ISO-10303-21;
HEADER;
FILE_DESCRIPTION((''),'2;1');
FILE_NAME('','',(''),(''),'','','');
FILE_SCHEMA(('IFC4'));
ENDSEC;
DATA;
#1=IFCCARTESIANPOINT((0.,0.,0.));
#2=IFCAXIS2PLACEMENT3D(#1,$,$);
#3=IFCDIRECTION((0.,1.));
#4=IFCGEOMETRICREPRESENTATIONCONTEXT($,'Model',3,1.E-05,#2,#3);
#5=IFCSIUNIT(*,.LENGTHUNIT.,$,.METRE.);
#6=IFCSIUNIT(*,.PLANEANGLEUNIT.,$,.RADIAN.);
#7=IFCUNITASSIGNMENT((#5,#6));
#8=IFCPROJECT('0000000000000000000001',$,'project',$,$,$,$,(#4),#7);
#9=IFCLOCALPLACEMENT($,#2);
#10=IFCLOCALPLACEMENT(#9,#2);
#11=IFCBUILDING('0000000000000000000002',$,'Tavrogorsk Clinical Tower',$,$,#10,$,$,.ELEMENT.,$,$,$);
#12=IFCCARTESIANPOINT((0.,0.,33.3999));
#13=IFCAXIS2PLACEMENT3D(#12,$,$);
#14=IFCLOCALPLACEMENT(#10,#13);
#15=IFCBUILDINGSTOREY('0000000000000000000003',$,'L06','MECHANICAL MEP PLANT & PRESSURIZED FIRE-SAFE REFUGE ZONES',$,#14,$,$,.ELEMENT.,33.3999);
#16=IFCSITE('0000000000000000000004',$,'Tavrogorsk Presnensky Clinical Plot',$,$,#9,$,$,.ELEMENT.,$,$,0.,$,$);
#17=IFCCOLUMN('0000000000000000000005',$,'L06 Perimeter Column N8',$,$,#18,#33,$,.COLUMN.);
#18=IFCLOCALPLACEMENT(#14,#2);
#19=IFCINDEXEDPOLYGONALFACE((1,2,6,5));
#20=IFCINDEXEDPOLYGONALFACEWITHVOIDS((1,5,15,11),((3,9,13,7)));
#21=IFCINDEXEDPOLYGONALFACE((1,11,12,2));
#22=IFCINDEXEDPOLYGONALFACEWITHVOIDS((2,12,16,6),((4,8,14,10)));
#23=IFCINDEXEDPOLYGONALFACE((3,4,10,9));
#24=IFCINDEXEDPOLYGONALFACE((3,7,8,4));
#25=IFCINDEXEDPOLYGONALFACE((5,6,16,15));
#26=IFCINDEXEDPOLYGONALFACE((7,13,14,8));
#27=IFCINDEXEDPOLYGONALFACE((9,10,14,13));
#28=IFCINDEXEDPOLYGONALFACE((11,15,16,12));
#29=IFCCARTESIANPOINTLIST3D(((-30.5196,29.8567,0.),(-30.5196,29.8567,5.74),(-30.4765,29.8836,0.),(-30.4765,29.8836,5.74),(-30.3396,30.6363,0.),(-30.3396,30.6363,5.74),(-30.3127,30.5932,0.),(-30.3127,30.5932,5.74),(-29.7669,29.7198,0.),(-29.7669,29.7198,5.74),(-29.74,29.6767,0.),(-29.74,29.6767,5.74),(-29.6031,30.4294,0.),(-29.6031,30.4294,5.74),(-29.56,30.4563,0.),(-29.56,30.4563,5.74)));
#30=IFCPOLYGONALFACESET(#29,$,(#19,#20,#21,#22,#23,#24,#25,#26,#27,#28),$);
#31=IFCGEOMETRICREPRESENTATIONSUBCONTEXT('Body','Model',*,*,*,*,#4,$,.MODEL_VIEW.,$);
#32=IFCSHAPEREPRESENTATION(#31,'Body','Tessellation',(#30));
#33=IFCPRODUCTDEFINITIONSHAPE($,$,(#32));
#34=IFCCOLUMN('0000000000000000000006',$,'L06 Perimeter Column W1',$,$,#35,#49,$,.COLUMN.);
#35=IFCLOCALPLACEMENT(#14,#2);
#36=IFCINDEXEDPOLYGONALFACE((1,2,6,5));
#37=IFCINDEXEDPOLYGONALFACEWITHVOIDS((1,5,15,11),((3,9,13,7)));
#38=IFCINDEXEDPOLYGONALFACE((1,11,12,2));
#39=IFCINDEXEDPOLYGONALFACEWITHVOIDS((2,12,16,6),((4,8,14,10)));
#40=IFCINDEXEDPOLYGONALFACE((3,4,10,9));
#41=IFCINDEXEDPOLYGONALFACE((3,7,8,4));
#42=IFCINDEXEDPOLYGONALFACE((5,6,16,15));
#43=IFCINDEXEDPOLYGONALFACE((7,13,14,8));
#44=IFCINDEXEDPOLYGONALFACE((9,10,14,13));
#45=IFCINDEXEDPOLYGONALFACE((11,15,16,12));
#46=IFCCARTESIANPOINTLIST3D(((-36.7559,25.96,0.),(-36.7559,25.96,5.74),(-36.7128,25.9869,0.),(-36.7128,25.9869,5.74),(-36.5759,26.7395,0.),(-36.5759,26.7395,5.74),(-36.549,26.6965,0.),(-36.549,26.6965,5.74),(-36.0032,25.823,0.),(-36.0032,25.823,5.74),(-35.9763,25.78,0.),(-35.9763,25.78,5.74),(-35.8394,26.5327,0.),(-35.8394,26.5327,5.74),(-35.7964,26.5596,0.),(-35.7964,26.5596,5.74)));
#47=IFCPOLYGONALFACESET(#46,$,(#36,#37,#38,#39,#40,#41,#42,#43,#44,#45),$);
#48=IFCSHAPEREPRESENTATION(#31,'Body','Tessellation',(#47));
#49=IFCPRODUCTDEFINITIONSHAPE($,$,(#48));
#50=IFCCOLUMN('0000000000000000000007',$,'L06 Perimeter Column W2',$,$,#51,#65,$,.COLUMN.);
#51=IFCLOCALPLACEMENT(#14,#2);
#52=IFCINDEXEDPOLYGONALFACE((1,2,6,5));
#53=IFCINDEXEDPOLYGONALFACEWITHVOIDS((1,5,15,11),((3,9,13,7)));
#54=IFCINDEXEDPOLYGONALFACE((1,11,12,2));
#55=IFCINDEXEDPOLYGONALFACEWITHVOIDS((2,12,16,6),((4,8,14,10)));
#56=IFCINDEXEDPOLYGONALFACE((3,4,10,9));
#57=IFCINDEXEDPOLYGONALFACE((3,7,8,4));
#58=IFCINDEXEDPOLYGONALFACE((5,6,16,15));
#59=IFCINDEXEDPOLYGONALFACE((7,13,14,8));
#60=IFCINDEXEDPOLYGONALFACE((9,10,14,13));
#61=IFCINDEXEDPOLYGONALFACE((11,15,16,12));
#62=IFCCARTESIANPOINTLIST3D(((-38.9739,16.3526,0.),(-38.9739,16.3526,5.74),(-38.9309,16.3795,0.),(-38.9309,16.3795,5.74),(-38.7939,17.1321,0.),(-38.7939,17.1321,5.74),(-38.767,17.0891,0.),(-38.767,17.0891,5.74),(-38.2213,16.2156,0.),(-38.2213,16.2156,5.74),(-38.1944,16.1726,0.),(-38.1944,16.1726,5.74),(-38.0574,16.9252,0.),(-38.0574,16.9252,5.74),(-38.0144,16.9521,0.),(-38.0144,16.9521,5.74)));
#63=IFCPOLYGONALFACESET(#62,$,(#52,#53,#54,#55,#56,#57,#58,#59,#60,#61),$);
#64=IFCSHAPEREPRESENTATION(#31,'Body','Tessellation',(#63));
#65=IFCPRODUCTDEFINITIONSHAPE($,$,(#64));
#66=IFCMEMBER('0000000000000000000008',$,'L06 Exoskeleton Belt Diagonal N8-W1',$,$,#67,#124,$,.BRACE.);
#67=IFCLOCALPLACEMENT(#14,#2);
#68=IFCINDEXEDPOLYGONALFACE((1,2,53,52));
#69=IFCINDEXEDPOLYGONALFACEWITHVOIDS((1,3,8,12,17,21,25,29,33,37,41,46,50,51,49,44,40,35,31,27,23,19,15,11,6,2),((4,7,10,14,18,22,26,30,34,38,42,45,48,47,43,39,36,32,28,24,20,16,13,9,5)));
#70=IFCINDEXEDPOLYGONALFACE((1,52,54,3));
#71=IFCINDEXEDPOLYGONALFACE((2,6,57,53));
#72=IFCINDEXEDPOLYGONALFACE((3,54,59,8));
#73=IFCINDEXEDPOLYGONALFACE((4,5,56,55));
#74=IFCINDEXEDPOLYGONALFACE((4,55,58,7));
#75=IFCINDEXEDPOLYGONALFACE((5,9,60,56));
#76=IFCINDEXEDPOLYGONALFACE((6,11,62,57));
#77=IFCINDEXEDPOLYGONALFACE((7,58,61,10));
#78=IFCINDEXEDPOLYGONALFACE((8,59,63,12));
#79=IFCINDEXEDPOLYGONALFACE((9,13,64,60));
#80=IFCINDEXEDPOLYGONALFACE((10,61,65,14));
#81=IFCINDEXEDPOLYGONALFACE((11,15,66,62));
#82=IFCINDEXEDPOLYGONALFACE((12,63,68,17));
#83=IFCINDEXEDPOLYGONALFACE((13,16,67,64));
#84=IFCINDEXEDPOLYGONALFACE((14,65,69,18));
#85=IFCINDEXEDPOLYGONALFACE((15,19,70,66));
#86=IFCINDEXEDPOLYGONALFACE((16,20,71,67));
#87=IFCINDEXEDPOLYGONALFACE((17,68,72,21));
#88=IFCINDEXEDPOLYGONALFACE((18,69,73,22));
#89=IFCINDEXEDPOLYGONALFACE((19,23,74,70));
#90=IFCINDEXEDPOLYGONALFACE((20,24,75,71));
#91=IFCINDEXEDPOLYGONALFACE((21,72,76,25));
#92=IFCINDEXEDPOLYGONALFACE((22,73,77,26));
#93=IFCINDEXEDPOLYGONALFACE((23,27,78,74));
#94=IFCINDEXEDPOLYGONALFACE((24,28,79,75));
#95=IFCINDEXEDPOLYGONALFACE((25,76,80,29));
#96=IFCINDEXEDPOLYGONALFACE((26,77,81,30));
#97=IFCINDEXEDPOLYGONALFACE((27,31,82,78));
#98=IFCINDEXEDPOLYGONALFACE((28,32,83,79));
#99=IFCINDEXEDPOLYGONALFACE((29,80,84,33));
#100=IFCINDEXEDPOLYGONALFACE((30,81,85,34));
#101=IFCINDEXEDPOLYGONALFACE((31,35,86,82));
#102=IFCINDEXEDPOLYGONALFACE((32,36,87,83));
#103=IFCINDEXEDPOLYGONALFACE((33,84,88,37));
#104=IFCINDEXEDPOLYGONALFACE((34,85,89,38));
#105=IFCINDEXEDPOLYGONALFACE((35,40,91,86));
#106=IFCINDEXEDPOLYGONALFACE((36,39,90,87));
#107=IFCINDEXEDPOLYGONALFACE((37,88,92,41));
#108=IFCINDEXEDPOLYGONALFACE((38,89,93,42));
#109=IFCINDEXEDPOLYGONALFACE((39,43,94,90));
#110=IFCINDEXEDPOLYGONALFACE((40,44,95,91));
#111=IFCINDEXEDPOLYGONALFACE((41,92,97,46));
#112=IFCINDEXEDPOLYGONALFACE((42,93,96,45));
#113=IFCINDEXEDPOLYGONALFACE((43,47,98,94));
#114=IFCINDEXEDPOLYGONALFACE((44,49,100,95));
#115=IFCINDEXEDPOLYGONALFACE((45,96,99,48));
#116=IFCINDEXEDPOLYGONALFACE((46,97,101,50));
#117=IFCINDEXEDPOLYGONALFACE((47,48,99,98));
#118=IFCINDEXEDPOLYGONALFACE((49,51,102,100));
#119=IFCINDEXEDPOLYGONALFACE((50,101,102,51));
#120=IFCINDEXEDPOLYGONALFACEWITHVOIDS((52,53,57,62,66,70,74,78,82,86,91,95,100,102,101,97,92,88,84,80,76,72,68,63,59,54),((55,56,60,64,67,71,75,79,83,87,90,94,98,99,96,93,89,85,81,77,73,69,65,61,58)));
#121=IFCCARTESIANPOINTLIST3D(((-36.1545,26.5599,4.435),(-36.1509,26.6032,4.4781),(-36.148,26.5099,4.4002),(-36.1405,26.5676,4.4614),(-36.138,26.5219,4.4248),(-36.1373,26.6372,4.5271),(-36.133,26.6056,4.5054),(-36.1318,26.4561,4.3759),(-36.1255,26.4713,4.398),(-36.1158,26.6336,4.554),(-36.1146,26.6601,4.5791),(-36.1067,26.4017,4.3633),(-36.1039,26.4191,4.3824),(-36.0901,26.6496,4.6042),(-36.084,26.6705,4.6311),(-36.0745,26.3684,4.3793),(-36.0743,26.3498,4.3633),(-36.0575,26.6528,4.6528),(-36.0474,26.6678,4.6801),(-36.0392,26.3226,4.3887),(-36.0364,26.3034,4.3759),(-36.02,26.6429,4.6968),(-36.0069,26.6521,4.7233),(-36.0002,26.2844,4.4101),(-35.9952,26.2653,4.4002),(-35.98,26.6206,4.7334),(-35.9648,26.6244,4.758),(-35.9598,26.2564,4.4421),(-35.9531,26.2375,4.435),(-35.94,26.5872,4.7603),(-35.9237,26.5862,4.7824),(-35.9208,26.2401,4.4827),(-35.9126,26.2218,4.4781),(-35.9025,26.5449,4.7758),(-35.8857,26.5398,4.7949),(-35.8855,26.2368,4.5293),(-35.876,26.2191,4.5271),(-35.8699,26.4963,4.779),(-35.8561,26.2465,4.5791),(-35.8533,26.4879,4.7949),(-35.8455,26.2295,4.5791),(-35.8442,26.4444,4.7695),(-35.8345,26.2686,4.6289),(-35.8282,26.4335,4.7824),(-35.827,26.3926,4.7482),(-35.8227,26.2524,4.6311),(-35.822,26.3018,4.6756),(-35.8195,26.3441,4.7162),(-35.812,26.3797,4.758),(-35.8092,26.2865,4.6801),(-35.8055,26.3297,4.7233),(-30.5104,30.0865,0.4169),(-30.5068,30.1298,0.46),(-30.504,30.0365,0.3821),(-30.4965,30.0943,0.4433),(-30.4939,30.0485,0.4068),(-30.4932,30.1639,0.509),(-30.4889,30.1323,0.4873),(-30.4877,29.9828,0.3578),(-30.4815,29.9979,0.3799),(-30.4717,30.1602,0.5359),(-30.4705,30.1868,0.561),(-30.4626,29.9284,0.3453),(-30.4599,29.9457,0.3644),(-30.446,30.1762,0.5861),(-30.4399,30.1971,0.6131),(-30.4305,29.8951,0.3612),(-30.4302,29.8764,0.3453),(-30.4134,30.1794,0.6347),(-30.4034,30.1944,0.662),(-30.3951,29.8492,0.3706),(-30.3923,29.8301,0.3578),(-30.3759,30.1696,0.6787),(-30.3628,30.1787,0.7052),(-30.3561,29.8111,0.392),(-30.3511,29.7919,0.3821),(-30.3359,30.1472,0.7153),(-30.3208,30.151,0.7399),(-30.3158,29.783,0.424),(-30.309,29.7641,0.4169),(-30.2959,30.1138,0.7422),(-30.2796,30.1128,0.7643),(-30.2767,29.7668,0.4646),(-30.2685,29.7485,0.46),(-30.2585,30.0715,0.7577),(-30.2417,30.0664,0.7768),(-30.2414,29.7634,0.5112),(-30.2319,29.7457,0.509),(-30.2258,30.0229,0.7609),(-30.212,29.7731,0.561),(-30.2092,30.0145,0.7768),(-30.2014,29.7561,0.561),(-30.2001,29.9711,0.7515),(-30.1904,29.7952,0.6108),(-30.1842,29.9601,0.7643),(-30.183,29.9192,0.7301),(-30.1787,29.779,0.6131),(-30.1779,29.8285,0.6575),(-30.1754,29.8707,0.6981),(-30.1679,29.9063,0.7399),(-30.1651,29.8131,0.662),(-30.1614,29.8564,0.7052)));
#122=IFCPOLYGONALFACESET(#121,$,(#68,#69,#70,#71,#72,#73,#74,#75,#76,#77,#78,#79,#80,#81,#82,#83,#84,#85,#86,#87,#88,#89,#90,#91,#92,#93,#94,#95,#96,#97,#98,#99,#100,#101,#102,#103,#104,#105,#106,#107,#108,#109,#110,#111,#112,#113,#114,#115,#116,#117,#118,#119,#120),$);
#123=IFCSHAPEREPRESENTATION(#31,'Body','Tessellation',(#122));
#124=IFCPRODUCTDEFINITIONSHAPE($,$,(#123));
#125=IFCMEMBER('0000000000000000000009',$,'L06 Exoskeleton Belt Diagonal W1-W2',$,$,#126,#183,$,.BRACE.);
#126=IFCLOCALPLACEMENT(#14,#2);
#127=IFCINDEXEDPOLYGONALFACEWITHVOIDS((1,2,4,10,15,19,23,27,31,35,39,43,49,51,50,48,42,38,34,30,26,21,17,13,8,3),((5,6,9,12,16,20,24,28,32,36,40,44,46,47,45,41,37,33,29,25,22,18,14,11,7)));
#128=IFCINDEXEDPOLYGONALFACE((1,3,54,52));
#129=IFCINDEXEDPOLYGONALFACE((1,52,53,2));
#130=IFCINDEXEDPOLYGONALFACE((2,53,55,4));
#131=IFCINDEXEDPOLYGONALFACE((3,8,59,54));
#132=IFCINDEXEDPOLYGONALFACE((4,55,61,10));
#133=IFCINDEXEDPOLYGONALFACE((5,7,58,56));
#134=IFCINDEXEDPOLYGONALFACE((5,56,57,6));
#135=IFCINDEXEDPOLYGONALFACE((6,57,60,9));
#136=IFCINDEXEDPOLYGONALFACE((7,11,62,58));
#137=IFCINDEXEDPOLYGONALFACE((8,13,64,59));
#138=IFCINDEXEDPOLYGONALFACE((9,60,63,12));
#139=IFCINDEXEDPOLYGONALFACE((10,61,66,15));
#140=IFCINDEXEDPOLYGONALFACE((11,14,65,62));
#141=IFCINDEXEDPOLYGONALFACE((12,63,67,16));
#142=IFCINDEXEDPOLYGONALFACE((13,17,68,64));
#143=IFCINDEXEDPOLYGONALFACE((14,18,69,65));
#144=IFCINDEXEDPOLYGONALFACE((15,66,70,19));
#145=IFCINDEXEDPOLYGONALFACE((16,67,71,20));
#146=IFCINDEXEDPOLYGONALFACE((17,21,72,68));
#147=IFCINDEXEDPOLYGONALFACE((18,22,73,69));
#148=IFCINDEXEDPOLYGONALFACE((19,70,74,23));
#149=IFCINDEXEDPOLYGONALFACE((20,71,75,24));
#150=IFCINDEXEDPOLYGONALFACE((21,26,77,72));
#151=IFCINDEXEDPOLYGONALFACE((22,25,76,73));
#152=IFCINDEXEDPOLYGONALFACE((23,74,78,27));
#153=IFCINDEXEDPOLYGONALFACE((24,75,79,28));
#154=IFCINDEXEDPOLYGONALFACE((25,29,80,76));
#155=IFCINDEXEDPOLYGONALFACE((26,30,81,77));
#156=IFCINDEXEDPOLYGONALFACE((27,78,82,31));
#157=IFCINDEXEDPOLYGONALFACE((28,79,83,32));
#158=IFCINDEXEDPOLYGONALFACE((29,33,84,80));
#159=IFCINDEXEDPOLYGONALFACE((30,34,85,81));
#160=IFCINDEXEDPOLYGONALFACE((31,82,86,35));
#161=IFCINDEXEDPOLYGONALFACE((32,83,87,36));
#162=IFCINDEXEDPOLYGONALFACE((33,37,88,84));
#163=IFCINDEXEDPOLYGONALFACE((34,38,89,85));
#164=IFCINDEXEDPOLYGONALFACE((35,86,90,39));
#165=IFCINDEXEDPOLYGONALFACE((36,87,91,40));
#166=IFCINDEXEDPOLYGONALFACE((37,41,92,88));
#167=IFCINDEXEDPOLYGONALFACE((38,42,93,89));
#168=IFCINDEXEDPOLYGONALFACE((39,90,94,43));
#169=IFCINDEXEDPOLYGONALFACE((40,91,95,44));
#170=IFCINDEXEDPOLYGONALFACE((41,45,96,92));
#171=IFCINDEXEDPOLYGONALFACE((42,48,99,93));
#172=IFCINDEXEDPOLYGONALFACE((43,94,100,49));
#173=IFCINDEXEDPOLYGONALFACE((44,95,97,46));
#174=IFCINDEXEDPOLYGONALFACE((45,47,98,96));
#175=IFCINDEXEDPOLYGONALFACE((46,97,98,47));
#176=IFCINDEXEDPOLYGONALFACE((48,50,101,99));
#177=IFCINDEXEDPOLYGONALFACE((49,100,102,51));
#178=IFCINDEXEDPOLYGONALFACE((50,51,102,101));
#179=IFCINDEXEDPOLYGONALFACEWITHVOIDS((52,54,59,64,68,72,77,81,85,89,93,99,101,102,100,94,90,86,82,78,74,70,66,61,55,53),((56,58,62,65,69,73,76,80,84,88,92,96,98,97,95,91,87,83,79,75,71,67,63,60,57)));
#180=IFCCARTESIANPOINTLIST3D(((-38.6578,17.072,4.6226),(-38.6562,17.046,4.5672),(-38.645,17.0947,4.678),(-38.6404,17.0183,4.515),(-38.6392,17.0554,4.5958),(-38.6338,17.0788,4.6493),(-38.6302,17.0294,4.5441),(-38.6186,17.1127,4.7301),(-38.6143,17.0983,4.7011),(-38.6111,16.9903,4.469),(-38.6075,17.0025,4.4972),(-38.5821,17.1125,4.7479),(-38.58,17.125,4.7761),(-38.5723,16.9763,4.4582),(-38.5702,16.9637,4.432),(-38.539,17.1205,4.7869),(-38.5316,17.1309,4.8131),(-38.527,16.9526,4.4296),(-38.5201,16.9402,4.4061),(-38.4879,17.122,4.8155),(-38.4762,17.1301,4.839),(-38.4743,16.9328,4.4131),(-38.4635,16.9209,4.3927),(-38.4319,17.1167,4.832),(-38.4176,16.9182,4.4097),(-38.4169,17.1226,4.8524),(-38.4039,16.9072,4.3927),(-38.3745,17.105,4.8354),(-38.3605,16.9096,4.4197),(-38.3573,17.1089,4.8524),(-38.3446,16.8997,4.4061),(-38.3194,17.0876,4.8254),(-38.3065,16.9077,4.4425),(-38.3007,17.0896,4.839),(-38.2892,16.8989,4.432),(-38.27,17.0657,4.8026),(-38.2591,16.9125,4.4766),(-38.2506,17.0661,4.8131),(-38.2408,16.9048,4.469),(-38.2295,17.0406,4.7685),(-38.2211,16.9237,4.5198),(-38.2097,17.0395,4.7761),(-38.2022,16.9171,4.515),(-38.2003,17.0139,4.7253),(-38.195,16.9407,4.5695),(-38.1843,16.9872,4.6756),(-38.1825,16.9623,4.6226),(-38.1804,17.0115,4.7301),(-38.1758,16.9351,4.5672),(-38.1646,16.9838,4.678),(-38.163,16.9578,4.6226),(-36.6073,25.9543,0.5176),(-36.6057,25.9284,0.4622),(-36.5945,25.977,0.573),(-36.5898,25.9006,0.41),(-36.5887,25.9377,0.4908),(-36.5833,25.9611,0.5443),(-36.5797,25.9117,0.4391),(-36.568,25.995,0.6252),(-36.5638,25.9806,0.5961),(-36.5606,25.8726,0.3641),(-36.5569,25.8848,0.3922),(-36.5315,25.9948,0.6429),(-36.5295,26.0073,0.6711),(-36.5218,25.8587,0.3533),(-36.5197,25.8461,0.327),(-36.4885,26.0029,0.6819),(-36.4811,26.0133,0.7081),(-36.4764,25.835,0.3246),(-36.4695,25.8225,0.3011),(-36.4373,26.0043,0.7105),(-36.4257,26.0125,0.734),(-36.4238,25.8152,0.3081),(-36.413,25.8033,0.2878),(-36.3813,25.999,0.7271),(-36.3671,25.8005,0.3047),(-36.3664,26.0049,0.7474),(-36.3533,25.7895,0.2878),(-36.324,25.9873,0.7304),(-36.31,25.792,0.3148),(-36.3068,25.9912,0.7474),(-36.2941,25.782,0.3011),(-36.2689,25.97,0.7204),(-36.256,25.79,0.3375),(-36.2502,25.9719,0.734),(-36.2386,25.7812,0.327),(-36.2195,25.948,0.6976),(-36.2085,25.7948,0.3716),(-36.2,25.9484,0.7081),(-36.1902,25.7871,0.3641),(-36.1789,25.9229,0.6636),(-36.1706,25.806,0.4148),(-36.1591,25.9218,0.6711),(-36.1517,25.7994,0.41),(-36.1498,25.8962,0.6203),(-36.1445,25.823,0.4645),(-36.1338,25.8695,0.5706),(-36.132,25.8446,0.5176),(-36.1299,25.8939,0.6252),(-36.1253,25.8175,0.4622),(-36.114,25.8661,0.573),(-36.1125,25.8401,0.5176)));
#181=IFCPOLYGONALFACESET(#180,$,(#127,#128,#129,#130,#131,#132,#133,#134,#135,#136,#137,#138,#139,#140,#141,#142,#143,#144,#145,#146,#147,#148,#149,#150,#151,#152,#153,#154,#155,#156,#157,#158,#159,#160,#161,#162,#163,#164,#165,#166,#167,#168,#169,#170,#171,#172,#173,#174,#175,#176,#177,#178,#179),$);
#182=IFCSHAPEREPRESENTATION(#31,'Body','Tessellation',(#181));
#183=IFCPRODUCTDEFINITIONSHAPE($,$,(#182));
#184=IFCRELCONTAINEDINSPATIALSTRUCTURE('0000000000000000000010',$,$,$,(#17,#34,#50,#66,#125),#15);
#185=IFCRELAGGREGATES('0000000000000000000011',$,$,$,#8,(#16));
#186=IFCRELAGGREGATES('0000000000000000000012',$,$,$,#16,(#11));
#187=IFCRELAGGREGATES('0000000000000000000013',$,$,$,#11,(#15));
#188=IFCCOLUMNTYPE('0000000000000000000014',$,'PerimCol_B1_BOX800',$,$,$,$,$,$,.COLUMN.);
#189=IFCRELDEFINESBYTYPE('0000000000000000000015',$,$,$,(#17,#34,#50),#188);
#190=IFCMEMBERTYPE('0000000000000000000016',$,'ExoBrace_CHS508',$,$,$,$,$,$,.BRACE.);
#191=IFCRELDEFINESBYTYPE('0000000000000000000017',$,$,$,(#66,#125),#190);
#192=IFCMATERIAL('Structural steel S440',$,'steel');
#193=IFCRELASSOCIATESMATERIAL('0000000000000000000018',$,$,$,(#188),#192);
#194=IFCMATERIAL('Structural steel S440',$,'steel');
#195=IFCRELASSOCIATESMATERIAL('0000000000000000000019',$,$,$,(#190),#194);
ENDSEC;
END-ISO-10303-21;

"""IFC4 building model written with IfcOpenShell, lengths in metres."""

from ifc_helpers import new_model, si_unit, direction, frame, origin, origin_2d, place, context, subcontext, project, spatial, hollow_rectangle, hollow_circle, extrude, material, material_profile, profile_set, type_object, element, save


model = new_model("IFC4")

# Units and contexts
model_context = context("Model", 3, precision=1e-05, world=origin(), true_north=direction((0.0, 1.0)))
body_context = subcontext(model_context, "Body", "Model", "MODEL_VIEW")
ifc_project = project(units=[si_unit("LENGTHUNIT", "METRE"), si_unit("PLANEANGLEUNIT", "RADIAN")], contexts=[model_context])

# Site, building, storey
site_placement = place(None, origin())
site = spatial("IfcSite", under=ifc_project, at=site_placement, Name="Tavrogorsk Presnensky Clinical Plot", CompositionType="ELEMENT", RefElevation=0.0)
building_placement = place(site_placement, origin())
building = spatial("IfcBuilding", under=site, at=building_placement, Name="Tavrogorsk Clinical Tower", CompositionType="ELEMENT")
storey_placement = place(building_placement, frame((0.0, 0.0, 33.3999)))
storey = spatial("IfcBuildingStorey", under=building, at=storey_placement, Name="L06", Description="MECHANICAL MEP PLANT & PRESSURIZED FIRE-SAFE REFUGE ZONES", CompositionType="ELEMENT", Elevation=33.3999)

# Columns
ifc_material_1 = material(Name="Structural steel S440", Category="steel")
ifc_material_profile_1 = material_profile(ifc_material_1, hollow_rectangle(XDim=0.8, YDim=0.8, WallThickness=0.0359, at=origin_2d()), Name="BOX-800x800x36")
ifc_profile_set_1 = profile_set([ifc_material_profile_1], Name="Structural steel S440")
column_type = type_object("IfcColumnType", Name="PerimCol_B1_BOX800", PredefinedType="COLUMN", material=ifc_profile_set_1)
for number, where, z_axis, x_axis, name in (
    (1, (-30.0398, 30.1565, 0.0), (0.0, 0.0, 1.0), (0.97437, -0.224951, 0.0), "L06 Perimeter Column N8"),
    (2, (-36.2761, 26.2598, 0.0), (0.0, 0.0, 1.0), (0.97437, -0.224951, 0.0), "L06 Perimeter Column W1"),
    (3, (-38.4941, 16.6523, 0.0), (0.0, 0.0, 1.0), (0.97437, -0.224951, 0.0), "L06 Perimeter Column W2"),
):
    element("IfcColumn", number, at=place(storey_placement, frame(where, z_axis=z_axis, x_axis=x_axis)), inside=storey, type_object=column_type, Name=name, PredefinedType="COLUMN", context=body_context, shape_type="SweptSolid", body=[
        extrude(hollow_rectangle(XDim=0.8, YDim=0.8, WallThickness=0.0359, at=origin_2d()), origin(), (0.0, 0.0, 1.0), 5.74),
    ])

# Members
ifc_material_2 = material(Name="Structural steel S440", Category="steel")
ifc_material_profile_2 = material_profile(ifc_material_2, hollow_circle(Radius=0.2539, WallThickness=0.02, at=origin_2d()), Name="CHS-508x20")
ifc_profile_set_2 = profile_set([ifc_material_profile_2], Name="Structural steel S440")
member_type_1 = type_object("IfcMemberType", Name="ExoBrace_CHS508", PredefinedType="BRACE", material=ifc_profile_set_2)
member_1_placement = place(storey_placement, frame((-30.3359, 29.9714, 0.561), z_axis=(-0.726003, -0.453634, 0.516851), x_axis=(0.5299, -0.84806, 0.0)))
element("IfcMember", 4, at=member_1_placement, inside=storey, type_object=member_type_1, Name="L06 Exoskeleton Belt Diagonal N8-W1", PredefinedType="BRACE", context=body_context, shape_type="SweptSolid", body=[
    extrude(hollow_circle(Radius=0.2539, WallThickness=0.02, at=origin_2d()), origin(), (0.0, 0.0, 1.0), 7.7742),
])
for number, where, z_axis, x_axis, name in (
    (5, (-36.3599, 25.8972, 0.5176), (-0.205104, -0.888449, 0.410598), (0.974373, -0.22494, 0.0), "L06 Exoskeleton Belt Diagonal W1-W2"),
):
    element("IfcMember", number, at=place(storey_placement, frame(where, z_axis=z_axis, x_axis=x_axis)), inside=storey, type_object=member_type_1, Name=name, PredefinedType="BRACE", context=body_context, shape_type="SweptSolid", body=[
        extrude(hollow_circle(Radius=0.2539, WallThickness=0.02, at=origin_2d()), origin(), (0.0, 0.0, 1.0), 9.9976),
    ])

save(model, "model.ifc")
